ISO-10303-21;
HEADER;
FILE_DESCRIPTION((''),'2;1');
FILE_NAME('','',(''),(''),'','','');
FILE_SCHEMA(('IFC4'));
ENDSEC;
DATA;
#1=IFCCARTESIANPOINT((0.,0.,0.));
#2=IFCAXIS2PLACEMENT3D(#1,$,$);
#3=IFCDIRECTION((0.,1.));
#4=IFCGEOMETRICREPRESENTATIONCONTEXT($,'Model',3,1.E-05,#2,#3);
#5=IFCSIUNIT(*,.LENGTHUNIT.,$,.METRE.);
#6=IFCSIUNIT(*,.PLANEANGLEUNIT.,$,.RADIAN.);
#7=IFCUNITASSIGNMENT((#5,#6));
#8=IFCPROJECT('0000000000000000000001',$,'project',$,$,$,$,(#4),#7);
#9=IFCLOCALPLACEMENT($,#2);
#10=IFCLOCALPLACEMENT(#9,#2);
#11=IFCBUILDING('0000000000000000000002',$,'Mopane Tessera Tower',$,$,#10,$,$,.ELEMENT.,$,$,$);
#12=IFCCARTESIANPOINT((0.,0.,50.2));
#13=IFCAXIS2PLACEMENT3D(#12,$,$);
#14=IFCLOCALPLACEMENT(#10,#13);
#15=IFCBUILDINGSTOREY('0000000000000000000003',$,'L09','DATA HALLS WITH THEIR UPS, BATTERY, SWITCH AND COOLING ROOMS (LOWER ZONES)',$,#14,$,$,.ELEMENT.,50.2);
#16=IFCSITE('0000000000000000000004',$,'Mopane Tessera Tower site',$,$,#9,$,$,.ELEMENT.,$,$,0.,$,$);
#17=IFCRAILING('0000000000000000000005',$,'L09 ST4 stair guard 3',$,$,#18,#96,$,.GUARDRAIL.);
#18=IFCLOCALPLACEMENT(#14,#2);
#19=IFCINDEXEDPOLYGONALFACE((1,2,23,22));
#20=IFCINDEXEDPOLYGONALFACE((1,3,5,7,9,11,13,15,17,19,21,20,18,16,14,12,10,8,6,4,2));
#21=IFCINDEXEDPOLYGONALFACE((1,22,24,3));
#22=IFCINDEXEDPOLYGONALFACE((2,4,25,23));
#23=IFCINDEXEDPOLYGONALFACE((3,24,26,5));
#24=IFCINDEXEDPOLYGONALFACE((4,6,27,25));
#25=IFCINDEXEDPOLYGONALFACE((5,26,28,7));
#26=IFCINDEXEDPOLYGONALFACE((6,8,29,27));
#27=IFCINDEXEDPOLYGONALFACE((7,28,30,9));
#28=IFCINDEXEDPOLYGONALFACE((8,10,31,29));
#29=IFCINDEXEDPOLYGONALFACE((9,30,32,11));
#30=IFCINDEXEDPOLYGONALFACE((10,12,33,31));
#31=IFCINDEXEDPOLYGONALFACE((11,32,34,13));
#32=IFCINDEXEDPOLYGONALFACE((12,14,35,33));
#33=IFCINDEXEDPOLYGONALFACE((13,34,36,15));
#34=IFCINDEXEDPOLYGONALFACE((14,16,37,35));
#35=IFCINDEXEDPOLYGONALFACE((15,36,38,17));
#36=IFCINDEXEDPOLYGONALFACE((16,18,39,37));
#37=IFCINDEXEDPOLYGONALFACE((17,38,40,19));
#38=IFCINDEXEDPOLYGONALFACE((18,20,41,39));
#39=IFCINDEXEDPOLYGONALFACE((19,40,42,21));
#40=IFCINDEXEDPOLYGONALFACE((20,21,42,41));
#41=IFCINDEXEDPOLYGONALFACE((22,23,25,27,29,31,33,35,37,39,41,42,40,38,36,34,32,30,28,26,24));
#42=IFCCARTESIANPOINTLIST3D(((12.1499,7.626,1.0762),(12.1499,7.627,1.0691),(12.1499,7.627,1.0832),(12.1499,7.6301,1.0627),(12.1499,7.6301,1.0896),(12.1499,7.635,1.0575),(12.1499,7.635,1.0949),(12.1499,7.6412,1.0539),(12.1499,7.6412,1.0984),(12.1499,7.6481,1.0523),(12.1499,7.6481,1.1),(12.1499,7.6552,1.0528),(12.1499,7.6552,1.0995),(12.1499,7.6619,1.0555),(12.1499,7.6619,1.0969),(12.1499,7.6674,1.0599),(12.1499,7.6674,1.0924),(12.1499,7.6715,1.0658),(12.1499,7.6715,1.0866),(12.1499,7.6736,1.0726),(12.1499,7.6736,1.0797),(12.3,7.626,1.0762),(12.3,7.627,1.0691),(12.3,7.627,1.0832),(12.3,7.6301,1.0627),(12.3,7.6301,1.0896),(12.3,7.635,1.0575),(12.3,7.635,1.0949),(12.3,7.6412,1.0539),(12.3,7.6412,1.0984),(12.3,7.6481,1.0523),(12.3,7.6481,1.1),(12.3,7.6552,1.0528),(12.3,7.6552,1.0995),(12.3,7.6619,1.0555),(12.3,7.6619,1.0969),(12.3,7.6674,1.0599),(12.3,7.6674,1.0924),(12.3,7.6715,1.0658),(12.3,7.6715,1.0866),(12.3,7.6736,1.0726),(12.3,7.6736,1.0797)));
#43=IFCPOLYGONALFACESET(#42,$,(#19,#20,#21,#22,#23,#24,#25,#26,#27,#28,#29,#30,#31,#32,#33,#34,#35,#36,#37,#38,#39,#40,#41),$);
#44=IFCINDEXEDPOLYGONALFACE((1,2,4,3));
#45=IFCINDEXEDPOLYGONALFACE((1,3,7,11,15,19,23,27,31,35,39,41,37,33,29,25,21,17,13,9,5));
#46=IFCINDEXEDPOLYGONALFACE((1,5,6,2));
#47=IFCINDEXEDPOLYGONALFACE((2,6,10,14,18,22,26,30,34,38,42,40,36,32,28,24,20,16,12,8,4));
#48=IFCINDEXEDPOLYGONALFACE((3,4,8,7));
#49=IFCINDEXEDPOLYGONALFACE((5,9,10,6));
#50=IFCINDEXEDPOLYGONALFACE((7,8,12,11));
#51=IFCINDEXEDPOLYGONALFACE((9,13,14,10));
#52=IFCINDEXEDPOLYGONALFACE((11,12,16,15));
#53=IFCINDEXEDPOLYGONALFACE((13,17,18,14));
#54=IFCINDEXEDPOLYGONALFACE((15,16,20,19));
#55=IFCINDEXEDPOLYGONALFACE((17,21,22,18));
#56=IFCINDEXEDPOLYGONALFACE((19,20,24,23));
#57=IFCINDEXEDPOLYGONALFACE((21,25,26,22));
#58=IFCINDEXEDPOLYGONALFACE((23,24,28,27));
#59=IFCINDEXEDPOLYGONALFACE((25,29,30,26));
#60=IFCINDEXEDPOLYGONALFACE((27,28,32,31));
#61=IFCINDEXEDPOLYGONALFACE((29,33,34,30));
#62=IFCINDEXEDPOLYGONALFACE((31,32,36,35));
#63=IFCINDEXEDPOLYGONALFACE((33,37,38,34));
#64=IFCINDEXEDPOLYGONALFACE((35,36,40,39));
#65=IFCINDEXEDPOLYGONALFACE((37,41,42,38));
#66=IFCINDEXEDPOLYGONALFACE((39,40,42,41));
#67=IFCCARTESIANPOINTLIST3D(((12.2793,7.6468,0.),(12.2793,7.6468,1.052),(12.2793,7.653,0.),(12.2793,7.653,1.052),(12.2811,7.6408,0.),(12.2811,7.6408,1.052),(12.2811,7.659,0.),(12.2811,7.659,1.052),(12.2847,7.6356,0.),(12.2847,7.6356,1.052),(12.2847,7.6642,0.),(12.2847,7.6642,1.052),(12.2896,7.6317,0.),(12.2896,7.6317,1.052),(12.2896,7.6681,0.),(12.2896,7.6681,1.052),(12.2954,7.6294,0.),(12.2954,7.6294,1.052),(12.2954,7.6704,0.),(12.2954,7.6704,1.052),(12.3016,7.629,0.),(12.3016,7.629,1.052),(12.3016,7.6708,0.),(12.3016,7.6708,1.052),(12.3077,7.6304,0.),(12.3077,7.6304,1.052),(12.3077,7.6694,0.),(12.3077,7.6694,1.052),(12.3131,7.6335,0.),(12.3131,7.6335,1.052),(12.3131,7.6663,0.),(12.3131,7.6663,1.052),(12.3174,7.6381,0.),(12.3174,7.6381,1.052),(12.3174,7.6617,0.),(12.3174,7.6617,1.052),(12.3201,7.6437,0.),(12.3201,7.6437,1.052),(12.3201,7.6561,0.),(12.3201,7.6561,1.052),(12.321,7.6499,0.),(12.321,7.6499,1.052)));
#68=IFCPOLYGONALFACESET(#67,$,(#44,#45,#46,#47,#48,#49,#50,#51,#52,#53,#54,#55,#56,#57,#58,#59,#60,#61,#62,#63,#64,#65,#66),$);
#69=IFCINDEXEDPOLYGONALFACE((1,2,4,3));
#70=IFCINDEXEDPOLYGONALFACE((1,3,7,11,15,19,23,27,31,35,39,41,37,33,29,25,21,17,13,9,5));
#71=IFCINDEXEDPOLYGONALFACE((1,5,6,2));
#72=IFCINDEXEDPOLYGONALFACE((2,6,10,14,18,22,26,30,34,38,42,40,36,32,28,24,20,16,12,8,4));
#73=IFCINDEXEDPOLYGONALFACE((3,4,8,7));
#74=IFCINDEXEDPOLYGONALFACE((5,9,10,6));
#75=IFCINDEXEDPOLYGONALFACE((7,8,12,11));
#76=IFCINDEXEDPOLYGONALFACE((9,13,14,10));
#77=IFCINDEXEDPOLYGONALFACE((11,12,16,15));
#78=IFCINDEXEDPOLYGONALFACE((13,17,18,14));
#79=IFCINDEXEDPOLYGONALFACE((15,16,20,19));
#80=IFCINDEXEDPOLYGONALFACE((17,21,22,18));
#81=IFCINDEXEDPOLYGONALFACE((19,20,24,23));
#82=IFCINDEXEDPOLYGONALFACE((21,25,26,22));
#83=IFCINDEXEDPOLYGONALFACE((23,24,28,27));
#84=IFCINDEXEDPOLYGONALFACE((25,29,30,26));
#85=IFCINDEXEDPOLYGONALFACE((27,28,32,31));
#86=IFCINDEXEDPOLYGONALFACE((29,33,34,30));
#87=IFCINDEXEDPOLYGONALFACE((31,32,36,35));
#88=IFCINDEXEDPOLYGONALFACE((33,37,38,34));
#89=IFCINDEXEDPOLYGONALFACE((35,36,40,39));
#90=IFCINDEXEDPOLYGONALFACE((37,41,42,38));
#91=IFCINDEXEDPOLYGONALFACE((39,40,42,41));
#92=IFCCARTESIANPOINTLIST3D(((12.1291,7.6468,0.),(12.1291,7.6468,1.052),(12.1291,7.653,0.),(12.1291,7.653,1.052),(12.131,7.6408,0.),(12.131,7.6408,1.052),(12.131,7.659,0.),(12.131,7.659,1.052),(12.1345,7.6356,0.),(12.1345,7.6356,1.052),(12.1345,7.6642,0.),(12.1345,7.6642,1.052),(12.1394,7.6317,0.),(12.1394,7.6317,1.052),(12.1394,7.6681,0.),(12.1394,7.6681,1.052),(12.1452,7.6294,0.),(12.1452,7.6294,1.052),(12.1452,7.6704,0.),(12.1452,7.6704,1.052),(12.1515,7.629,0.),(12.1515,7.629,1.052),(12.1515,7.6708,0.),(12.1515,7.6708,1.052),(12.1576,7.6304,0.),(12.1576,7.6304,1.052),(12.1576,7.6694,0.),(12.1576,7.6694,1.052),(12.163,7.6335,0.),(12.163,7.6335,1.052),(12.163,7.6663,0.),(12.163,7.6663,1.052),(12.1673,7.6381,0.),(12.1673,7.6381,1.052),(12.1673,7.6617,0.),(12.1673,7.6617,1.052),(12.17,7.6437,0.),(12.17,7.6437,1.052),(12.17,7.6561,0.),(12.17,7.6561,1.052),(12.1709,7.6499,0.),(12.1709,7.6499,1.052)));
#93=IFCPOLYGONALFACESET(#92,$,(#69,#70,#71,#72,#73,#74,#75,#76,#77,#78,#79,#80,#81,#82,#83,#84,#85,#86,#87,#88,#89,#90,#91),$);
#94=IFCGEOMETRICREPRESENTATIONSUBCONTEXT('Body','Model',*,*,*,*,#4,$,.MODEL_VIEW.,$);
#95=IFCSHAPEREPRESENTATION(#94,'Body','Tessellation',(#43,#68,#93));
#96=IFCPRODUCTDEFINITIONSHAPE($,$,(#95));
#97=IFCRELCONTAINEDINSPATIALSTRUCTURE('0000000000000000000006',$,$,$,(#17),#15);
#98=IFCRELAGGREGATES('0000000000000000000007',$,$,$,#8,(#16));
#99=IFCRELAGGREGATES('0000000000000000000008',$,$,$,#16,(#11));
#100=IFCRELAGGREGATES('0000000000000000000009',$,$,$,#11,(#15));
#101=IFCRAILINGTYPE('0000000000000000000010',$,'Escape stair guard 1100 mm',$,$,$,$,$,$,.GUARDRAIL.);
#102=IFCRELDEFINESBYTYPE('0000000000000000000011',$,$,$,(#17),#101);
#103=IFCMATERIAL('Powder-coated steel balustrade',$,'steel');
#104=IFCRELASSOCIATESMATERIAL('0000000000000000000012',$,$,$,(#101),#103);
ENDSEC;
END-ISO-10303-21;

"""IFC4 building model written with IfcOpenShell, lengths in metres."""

from ifc_helpers import new_model, si_unit, direction, frame, origin, origin_2d, place, context, subcontext, project, spatial, circle, extrude, material, type_object, element, save


model = new_model("IFC4")

# Units and contexts
model_context = context("Model", 3, precision=1e-05, world=origin(), true_north=direction((0.0, 1.0)))
body_context = subcontext(model_context, "Body", "Model", "MODEL_VIEW")
ifc_project = project(units=[si_unit("LENGTHUNIT", "METRE"), si_unit("PLANEANGLEUNIT", "RADIAN")], contexts=[model_context])

# Site, building, storey
site_placement = place(None, origin())
site = spatial("IfcSite", under=ifc_project, at=site_placement, Name="Mopane Tessera Tower site", CompositionType="ELEMENT", RefElevation=0.0)
building_placement = place(site_placement, origin())
building = spatial("IfcBuilding", under=site, at=building_placement, Name="Mopane Tessera Tower", CompositionType="ELEMENT")
storey_placement = place(building_placement, frame((0.0, 0.0, 50.2)))
storey = spatial("IfcBuildingStorey", under=building, at=storey_placement, Name="L09", Description="DATA HALLS WITH THEIR UPS, BATTERY, SWITCH AND COOLING ROOMS (LOWER ZONES)", CompositionType="ELEMENT", Elevation=50.2)

# Railing
ifc_material_1 = material(Name="Powder-coated steel balustrade", Category="steel")
railing_type_1 = type_object("IfcRailingType", Name="Escape stair guard 1100 mm", PredefinedType="GUARDRAIL", material=ifc_material_1)
railing_1_placement = place(storey_placement, frame((12.3, 7.6499, 0.0)))
element("IfcRailing", 1, at=railing_1_placement, inside=storey, type_object=railing_type_1, Name="L09 ST4 stair guard 3", PredefinedType="GUARDRAIL", context=body_context, shape_type="SweptSolid", body=[
    extrude(circle(Radius=0.0239, at=origin_2d()), frame((0.0, 0.0, 1.0762), z_axis=(-1.0, 0.0, 0.0), x_axis=(0.0, -1.0, 0.0)), (0.0, 0.0, 1.0), 0.1501),
    extrude(circle(Radius=0.021, at=origin_2d()), origin(), (0.0, 0.0, 1.0), 1.052),
    extrude(circle(Radius=0.021, at=origin_2d()), frame((-0.1501, 0.0, 0.0)), (0.0, 0.0, 1.0), 1.052),
])

save(model, "model.ifc")
